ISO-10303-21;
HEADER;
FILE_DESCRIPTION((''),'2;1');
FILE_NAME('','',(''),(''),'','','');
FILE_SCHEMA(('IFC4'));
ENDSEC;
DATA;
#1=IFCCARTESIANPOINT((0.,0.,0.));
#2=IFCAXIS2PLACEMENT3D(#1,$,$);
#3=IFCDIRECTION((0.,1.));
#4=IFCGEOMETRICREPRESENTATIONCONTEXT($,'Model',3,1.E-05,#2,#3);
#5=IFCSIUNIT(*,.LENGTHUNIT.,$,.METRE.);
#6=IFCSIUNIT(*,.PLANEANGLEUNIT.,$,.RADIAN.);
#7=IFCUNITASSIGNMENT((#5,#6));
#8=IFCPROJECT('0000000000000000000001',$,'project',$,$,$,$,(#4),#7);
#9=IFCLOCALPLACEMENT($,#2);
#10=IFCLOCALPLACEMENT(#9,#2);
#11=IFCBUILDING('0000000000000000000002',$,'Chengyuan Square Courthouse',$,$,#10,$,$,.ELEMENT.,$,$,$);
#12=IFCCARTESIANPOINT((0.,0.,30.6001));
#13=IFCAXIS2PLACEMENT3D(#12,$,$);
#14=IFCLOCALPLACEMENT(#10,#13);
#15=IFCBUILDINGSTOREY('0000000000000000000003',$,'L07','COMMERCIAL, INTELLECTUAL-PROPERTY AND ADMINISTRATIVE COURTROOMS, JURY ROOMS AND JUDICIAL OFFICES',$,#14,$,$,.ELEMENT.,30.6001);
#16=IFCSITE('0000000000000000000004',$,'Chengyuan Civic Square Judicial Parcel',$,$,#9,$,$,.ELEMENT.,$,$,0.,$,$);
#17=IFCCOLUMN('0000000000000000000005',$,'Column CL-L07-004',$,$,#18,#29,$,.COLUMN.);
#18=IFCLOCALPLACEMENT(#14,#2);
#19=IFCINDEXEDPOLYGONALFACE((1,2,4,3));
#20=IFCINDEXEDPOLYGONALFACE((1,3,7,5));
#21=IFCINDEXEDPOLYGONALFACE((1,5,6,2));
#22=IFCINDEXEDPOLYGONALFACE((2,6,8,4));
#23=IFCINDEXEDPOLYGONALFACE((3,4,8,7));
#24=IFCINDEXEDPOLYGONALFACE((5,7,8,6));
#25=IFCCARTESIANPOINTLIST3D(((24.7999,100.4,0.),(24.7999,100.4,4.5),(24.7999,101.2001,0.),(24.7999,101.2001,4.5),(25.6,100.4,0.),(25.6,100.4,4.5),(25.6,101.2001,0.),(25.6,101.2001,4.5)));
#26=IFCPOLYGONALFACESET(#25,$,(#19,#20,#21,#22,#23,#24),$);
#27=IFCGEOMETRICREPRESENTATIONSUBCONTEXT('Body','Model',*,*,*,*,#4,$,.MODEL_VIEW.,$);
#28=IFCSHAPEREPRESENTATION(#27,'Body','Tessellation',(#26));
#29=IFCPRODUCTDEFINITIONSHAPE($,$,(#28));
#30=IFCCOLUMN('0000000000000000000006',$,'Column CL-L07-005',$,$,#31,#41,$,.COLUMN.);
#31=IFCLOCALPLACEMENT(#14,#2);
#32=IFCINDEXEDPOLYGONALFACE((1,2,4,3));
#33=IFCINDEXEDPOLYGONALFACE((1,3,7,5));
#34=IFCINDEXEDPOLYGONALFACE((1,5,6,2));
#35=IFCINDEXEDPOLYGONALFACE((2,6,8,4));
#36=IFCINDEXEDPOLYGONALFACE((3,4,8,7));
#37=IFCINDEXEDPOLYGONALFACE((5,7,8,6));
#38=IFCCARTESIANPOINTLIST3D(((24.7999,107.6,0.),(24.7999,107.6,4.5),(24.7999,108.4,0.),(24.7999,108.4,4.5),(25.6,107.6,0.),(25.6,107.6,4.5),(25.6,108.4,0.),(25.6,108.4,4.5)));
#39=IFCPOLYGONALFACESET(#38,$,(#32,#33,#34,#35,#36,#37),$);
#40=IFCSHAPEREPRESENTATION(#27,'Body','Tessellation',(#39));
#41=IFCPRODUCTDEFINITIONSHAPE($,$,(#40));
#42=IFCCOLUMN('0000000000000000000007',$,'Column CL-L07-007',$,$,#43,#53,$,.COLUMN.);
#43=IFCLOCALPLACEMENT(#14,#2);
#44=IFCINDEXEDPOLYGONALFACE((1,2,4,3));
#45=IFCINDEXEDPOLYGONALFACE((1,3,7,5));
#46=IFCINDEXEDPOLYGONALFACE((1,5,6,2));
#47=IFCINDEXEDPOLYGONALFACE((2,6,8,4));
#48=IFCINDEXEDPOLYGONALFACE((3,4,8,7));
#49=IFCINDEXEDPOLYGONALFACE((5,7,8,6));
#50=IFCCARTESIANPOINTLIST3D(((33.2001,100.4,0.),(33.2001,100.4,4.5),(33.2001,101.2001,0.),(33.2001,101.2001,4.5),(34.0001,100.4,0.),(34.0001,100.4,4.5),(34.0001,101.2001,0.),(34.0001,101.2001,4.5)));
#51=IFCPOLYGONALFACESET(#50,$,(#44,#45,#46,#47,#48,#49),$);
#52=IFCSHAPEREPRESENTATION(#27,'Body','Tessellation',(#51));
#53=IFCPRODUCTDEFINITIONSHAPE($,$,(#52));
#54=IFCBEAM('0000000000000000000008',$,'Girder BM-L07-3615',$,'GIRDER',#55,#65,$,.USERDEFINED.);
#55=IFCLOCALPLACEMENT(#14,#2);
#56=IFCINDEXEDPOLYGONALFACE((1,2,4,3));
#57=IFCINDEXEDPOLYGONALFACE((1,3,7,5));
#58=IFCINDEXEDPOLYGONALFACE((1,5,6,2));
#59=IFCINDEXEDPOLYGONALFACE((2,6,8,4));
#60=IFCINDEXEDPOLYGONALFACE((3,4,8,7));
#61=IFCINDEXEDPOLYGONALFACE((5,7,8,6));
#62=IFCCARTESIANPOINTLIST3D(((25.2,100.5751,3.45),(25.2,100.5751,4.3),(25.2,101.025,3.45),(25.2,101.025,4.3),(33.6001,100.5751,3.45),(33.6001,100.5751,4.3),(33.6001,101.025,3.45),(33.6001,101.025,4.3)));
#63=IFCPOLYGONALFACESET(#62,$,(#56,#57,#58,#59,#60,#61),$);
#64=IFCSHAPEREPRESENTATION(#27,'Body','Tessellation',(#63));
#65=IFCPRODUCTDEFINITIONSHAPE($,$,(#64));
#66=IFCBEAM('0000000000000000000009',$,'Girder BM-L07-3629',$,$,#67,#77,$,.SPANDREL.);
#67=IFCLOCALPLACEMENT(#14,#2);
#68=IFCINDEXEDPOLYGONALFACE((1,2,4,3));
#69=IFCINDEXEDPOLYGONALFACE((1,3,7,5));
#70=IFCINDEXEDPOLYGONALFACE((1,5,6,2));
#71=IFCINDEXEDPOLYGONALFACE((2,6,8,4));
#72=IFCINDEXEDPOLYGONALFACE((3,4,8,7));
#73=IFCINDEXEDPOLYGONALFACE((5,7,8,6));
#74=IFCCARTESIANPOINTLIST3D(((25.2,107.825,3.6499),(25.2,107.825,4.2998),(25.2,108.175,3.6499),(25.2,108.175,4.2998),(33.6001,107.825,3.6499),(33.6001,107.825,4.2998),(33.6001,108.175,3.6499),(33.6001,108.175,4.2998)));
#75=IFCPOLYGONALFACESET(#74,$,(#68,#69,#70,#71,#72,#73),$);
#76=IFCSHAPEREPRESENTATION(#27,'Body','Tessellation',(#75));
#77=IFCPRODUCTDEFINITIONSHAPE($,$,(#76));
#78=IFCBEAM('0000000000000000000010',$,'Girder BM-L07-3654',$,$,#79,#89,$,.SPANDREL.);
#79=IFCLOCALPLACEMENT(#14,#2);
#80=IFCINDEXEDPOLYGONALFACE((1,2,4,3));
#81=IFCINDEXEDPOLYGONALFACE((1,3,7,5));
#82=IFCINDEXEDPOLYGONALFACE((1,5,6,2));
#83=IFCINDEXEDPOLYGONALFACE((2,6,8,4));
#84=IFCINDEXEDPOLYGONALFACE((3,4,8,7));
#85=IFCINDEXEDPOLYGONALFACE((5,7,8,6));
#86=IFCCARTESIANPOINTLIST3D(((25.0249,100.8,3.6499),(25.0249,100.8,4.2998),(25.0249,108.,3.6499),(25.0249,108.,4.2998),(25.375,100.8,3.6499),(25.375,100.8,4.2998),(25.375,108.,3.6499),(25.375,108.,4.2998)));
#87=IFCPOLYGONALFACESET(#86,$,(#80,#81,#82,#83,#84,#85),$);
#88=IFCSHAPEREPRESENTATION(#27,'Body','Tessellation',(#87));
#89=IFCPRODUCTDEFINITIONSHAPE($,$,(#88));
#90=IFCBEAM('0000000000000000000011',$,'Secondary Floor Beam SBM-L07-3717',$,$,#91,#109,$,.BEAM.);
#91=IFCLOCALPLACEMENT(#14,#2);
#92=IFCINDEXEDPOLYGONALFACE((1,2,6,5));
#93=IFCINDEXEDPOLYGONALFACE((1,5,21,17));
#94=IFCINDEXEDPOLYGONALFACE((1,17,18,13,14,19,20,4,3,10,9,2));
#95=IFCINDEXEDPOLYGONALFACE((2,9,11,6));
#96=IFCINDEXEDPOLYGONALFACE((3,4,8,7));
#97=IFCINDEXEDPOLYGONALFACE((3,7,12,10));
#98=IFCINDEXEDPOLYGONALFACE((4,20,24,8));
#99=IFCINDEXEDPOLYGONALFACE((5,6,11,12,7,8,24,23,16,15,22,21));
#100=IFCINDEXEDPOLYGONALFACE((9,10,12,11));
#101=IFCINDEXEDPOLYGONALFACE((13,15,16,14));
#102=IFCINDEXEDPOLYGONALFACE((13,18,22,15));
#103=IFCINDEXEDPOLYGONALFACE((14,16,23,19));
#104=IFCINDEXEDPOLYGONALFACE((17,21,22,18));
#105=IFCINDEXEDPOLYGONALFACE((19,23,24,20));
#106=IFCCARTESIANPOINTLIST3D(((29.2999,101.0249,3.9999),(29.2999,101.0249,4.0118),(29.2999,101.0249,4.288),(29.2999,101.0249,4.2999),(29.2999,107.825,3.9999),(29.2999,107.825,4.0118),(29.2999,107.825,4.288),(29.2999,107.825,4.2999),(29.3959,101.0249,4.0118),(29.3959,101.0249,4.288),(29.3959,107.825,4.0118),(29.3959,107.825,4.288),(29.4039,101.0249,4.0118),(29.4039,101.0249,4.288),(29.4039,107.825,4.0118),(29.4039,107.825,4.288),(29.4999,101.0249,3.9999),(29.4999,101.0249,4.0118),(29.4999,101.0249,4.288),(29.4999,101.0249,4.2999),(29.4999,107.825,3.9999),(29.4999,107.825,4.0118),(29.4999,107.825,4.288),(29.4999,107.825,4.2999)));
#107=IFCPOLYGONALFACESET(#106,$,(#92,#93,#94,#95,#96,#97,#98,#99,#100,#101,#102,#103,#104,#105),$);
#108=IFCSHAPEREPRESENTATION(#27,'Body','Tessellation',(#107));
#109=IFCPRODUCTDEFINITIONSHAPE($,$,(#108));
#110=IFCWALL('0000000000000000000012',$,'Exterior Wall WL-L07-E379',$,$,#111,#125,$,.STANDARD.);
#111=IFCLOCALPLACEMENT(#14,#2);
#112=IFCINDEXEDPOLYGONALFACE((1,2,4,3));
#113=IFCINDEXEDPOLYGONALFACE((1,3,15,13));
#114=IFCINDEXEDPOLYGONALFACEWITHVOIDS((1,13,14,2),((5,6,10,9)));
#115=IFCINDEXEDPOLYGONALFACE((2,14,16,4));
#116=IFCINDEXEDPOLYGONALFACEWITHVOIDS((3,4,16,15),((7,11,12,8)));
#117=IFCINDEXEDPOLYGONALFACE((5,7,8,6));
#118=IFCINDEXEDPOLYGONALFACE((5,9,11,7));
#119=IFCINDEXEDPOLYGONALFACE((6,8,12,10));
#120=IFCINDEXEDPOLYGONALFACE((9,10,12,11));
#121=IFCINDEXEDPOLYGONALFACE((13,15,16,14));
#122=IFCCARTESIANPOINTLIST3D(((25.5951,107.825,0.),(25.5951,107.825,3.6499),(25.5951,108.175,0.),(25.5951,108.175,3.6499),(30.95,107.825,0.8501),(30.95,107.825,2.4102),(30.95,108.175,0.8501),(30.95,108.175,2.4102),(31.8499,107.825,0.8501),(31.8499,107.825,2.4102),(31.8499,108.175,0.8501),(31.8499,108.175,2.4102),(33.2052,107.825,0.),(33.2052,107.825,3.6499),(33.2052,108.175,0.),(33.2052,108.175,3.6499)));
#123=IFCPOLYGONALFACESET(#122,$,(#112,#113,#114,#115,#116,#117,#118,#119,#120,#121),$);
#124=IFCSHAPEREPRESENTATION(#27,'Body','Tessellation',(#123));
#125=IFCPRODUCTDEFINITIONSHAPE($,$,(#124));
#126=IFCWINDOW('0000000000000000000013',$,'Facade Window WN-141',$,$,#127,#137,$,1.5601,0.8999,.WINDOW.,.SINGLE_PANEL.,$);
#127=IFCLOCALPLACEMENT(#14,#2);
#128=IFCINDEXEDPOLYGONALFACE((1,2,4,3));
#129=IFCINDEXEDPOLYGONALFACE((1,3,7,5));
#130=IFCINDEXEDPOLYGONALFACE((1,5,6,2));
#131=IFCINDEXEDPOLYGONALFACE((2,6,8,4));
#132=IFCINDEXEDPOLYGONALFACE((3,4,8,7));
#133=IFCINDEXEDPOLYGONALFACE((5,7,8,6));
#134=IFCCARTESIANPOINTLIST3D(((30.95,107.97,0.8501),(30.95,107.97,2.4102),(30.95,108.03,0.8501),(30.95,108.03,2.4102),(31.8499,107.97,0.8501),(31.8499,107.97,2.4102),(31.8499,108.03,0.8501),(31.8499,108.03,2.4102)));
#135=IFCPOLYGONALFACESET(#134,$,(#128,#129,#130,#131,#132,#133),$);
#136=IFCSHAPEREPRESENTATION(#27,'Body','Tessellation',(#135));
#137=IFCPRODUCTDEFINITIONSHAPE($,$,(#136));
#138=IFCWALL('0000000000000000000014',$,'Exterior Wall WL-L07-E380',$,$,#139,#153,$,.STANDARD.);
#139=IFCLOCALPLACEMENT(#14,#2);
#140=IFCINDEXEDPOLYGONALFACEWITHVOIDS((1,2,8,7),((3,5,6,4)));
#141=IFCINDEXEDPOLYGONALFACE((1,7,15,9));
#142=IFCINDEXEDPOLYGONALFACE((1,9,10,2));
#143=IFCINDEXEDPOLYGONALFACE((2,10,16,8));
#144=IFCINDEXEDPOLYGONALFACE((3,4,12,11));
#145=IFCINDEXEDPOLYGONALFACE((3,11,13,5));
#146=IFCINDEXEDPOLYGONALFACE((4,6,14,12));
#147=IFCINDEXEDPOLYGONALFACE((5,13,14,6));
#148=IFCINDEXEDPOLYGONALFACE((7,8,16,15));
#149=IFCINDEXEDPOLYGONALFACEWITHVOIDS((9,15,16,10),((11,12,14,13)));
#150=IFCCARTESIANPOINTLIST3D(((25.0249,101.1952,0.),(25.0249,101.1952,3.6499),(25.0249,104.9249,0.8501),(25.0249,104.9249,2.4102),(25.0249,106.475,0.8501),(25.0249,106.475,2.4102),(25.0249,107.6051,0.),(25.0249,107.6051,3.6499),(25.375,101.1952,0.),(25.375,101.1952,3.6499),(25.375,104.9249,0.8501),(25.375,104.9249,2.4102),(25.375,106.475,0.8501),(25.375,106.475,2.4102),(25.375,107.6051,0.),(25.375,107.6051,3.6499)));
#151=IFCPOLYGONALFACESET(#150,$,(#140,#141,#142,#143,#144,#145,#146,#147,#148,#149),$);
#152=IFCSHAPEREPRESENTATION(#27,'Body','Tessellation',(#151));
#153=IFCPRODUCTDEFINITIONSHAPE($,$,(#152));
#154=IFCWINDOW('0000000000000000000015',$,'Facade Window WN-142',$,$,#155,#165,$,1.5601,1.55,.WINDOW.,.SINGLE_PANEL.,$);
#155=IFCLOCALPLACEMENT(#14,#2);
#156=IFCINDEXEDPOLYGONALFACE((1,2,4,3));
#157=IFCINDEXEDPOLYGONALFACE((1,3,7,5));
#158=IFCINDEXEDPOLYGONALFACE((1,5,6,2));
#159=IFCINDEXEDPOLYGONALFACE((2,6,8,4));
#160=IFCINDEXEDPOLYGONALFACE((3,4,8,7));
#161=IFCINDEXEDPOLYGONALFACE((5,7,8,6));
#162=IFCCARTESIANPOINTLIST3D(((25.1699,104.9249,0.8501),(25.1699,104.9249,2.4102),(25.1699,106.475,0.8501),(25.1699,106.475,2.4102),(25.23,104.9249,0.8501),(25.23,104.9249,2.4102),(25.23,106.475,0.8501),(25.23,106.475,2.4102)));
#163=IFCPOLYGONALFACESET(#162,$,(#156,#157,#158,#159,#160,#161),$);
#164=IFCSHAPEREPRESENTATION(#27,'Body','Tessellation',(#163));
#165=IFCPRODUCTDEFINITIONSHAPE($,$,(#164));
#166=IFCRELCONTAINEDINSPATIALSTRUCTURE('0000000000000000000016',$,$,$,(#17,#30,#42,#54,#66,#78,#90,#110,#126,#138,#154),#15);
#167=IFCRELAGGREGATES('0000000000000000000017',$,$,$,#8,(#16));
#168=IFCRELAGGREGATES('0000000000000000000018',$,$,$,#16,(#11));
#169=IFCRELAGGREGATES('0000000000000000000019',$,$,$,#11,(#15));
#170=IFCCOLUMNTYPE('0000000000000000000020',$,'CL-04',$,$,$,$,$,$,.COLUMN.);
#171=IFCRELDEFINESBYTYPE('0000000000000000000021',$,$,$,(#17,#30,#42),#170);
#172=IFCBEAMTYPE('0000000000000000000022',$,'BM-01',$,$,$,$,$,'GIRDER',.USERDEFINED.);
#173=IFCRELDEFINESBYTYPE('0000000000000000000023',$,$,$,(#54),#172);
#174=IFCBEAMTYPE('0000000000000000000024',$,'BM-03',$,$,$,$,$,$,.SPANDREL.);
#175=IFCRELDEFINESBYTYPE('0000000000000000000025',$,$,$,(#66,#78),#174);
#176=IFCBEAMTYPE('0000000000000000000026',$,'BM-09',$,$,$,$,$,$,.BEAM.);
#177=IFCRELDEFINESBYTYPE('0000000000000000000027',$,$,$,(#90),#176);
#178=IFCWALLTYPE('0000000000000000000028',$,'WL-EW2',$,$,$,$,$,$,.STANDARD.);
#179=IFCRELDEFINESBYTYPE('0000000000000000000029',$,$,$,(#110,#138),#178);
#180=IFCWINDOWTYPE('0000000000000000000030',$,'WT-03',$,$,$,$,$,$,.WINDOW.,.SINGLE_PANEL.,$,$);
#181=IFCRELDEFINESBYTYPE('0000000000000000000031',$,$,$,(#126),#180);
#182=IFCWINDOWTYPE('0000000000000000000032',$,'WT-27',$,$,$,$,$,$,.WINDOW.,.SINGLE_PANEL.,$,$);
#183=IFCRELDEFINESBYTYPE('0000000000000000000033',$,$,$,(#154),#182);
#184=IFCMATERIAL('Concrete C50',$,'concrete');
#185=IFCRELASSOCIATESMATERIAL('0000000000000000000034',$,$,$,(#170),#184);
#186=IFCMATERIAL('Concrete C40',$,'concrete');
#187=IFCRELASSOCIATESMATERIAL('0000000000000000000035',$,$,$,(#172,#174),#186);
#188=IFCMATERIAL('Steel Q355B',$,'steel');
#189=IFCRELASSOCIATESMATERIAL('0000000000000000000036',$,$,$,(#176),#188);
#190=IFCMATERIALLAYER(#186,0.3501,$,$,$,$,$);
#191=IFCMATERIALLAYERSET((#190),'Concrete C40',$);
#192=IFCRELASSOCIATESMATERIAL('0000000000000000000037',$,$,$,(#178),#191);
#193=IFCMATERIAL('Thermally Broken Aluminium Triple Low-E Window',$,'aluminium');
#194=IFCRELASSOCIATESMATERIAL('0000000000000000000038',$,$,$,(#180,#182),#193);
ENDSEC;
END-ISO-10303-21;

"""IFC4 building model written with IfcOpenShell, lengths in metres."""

from ifc_helpers import new_model, si_unit, direction, frame, frame_2d, origin, origin_2d, place, context, subcontext, project, spatial, rectangle, i_section, extrude, material, layer, layer_set, material_profile, profile_set, type_object, element, fill, save


model = new_model("IFC4")

# Units and contexts
model_context = context("Model", 3, precision=1e-05, world=origin(), true_north=direction((0.0, 1.0)))
body_context = subcontext(model_context, "Body", "Model", "MODEL_VIEW")
ifc_project = project(units=[si_unit("LENGTHUNIT", "METRE"), si_unit("PLANEANGLEUNIT", "RADIAN")], contexts=[model_context])

# Site, building, storey
site_placement = place(None, origin())
site = spatial("IfcSite", under=ifc_project, at=site_placement, Name="Chengyuan Civic Square Judicial Parcel", CompositionType="ELEMENT", RefElevation=0.0)
building_placement = place(site_placement, origin())
building = spatial("IfcBuilding", under=site, at=building_placement, Name="Chengyuan Square Courthouse", CompositionType="ELEMENT")
storey_placement = place(building_placement, frame((0.0, 0.0, 30.6001)))
storey = spatial("IfcBuildingStorey", under=building, at=storey_placement, Name="L07", Description="COMMERCIAL, INTELLECTUAL-PROPERTY AND ADMINISTRATIVE COURTROOMS, JURY ROOMS AND JUDICIAL OFFICES", CompositionType="ELEMENT", Elevation=30.6001)

# Columns
ifc_material_1 = material(Name="Concrete C50", Category="concrete")
ifc_material_profile_1 = material_profile(ifc_material_1, rectangle(XDim=0.8, YDim=0.8, at=origin_2d()), Name="RC-COL-800x800")
ifc_profile_set_1 = profile_set([ifc_material_profile_1], Name="Concrete C50")
column_type = type_object("IfcColumnType", Name="CL-04", PredefinedType="COLUMN", material=ifc_profile_set_1)
for number, where, z_axis, x_axis, name in (
    (1, (25.2, 100.8, 0.0), (0.0, 0.0, 1.0), (1.0, 0.0, 0.0), "Column CL-L07-004"),
    (2, (25.2, 108.0, 0.0), (0.0, 0.0, 1.0), (1.0, 0.0, 0.0), "Column CL-L07-005"),
    (3, (33.6001, 100.8, 0.0), (0.0, 0.0, 1.0), (1.0, 0.0, 0.0), "Column CL-L07-007"),
):
    element("IfcColumn", number, at=place(storey_placement, frame(where, z_axis=z_axis, x_axis=x_axis)), inside=storey, type_object=column_type, Name=name, PredefinedType="COLUMN", context=body_context, shape_type="SweptSolid", body=[
        extrude(rectangle(XDim=0.8, YDim=0.8, at=origin_2d()), origin(), (0.0, 0.0, 1.0), 4.5),
    ])

# Beams
ifc_material_2 = material(Name="Concrete C40", Category="concrete")
ifc_material_profile_2 = material_profile(ifc_material_2, rectangle(XDim=0.45, YDim=0.8501, at=origin_2d()), Name="RC-BM-450x850")
ifc_profile_set_2 = profile_set([ifc_material_profile_2], Name="Concrete C40")
beam_type_1 = type_object("IfcBeamType", Name="BM-01", ElementType="GIRDER", PredefinedType="USERDEFINED", material=ifc_profile_set_2)
beam_1_placement = place(storey_placement, frame((25.2, 100.8, 3.875), z_axis=(1.0, 0.0, 0.0), x_axis=(0.0, 1.0, 0.0)))
element("IfcBeam", 4, at=beam_1_placement, inside=storey, type_object=beam_type_1, Name="Girder BM-L07-3615", ObjectType="GIRDER", PredefinedType="USERDEFINED", context=body_context, shape_type="SweptSolid", body=[
    extrude(rectangle(XDim=0.45, YDim=0.8501, at=origin_2d()), origin(), (0.0, 0.0, 1.0), 8.4001),
])
ifc_material_profile_3 = material_profile(ifc_material_2, rectangle(XDim=0.3501, YDim=0.6499, at=origin_2d()), Name="RC-BM-350x650")
ifc_profile_set_3 = profile_set([ifc_material_profile_3], Name="Concrete C40")
beam_type_2 = type_object("IfcBeamType", Name="BM-03", PredefinedType="SPANDREL", material=ifc_profile_set_3)
beam_2_placement = place(storey_placement, frame((25.2, 108.0, 3.9749), z_axis=(1.0, 0.0, 0.0), x_axis=(0.0, 1.0, 0.0)))
element("IfcBeam", 5, at=beam_2_placement, inside=storey, type_object=beam_type_2, Name="Girder BM-L07-3629", PredefinedType="SPANDREL", context=body_context, shape_type="SweptSolid", body=[
    extrude(rectangle(XDim=0.3501, YDim=0.6499, at=origin_2d()), origin(), (0.0, 0.0, 1.0), 8.4001),
])
beam_3_placement = place(storey_placement, frame((25.2, 100.8, 3.9749), z_axis=(0.0, 1.0, 0.0), x_axis=(-1.0, 0.0, 0.0)))
element("IfcBeam", 6, at=beam_3_placement, inside=storey, type_object=beam_type_2, Name="Girder BM-L07-3654", PredefinedType="SPANDREL", context=body_context, shape_type="SweptSolid", body=[
    extrude(rectangle(XDim=0.3501, YDim=0.6499, at=origin_2d()), origin(), (0.0, 0.0, 1.0), 7.2),
])
ifc_material_3 = material(Name="Steel Q355B", Category="steel")
ifc_material_profile_4 = material_profile(ifc_material_3, i_section(OverallWidth=0.2, OverallDepth=0.3, WebThickness=0.0081, FlangeThickness=0.012, at=origin_2d()), Name="HM 300x200x8x12")
ifc_profile_set_4 = profile_set([ifc_material_profile_4], Name="Steel Q355B")
beam_type_3 = type_object("IfcBeamType", Name="BM-09", PredefinedType="BEAM", material=ifc_profile_set_4)
beam_4_placement = place(storey_placement, frame((29.3999, 101.0249, 4.1499), z_axis=(0.0, 1.0, 0.0), x_axis=(-1.0, 0.0, 0.0)))
element("IfcBeam", 7, at=beam_4_placement, inside=storey, type_object=beam_type_3, Name="Secondary Floor Beam SBM-L07-3717", PredefinedType="BEAM", context=body_context, shape_type="SweptSolid", body=[
    extrude(i_section(OverallWidth=0.2, OverallDepth=0.3, WebThickness=0.0081, FlangeThickness=0.012, at=origin_2d()), origin(), (0.0, 0.0, 1.0), 6.8),
])

# Walls, openings, windows
ifc_layer_1 = layer(ifc_material_2, 0.3501)
ifc_layer_set_1 = layer_set([ifc_layer_1], Name="Concrete C40")
wall_type_1 = type_object("IfcWallType", Name="WL-EW2", PredefinedType="STANDARD", material=ifc_layer_set_1)
wall_1_placement = place(storey_placement, frame((25.595, 108.0, 0.0), z_axis=(0.0, 0.0, 1.0), x_axis=(1.0, 0.0, 0.0)))
wall_1 = element("IfcWall", 8, at=wall_1_placement, inside=storey, type_object=wall_type_1, Name="Exterior Wall WL-L07-E379", PredefinedType="STANDARD", context=body_context, shape_type="SweptSolid", body=[
    extrude(rectangle(XDim=7.6101, YDim=0.3501, at=frame_2d((3.8052, 0.0))), origin(), (0.0, 0.0, 1.0), 3.6499),
])
opening_1_placement = place(wall_1_placement, frame((5.355, 0.0, 0.8501)))
opening_1 = element("IfcOpeningElement", 9, at=opening_1_placement, cuts=wall_1, PredefinedType="OPENING", context=body_context, shape_type="SweptSolid", body=[
    extrude(rectangle(XDim=0.8999, YDim=1.5601, at=frame_2d((0.45, 0.78))), frame((0.0, 0.187, 0.0), z_axis=(0.0, -1.0, 0.0), x_axis=(1.0, 0.0, 0.0)), (0.0, 0.0, 1.0), 0.374),
])
ifc_material_4 = material(Name="Thermally Broken Aluminium Triple Low-E Window", Category="aluminium")
window_type_1 = type_object("IfcWindowType", Name="WT-03", PartitioningType="SINGLE_PANEL", PredefinedType="WINDOW", material=ifc_material_4)
window_1_placement = place(opening_1_placement, origin())
window_1 = element("IfcWindow", 10, at=window_1_placement, inside=storey, type_object=window_type_1, Name="Facade Window WN-141", OverallHeight=1.5601, OverallWidth=0.8999, PartitioningType="SINGLE_PANEL", PredefinedType="WINDOW", context=body_context, shape_type="SweptSolid", body=[
    extrude(rectangle(XDim=0.8999, YDim=1.5601, at=frame_2d((0.45, 0.78))), frame((0.0, 0.03, 0.0), z_axis=(0.0, -1.0, 0.0), x_axis=(1.0, 0.0, 0.0)), (0.0, 0.0, 1.0), 0.0601),
])
fill(opening_1, window_1)
wall_2_placement = place(storey_placement, frame((25.2, 101.1951, 0.0), z_axis=(0.0, 0.0, 1.0), x_axis=(0.0, 1.0, 0.0)))
wall_2 = element("IfcWall", 11, at=wall_2_placement, inside=storey, type_object=wall_type_1, Name="Exterior Wall WL-L07-E380", PredefinedType="STANDARD", context=body_context, shape_type="SweptSolid", body=[
    extrude(rectangle(XDim=6.4099, YDim=0.3501, at=frame_2d((3.2051, 0.0))), origin(), (0.0, 0.0, 1.0), 3.6499),
])
opening_2_placement = place(wall_2_placement, frame((3.73, 0.0, 0.8501)))
opening_2 = element("IfcOpeningElement", 12, at=opening_2_placement, cuts=wall_2, PredefinedType="OPENING", context=body_context, shape_type="SweptSolid", body=[
    extrude(rectangle(XDim=1.55, YDim=1.5601, at=frame_2d((0.7749, 0.78))), frame((0.0, 0.187, 0.0), z_axis=(0.0, -1.0, 0.0), x_axis=(1.0, 0.0, 0.0)), (0.0, 0.0, 1.0), 0.374),
])
window_type_2 = type_object("IfcWindowType", Name="WT-27", PartitioningType="SINGLE_PANEL", PredefinedType="WINDOW", material=ifc_material_4)
window_2_placement = place(opening_2_placement, origin())
window_2 = element("IfcWindow", 13, at=window_2_placement, inside=storey, type_object=window_type_2, Name="Facade Window WN-142", OverallHeight=1.5601, OverallWidth=1.55, PartitioningType="SINGLE_PANEL", PredefinedType="WINDOW", context=body_context, shape_type="SweptSolid", body=[
    extrude(rectangle(XDim=1.55, YDim=1.5601, at=frame_2d((0.7749, 0.78))), frame((0.0, 0.03, 0.0), z_axis=(0.0, -1.0, 0.0), x_axis=(1.0, 0.0, 0.0)), (0.0, 0.0, 1.0), 0.0601),
])
fill(opening_2, window_2)

save(model, "model.ifc")
